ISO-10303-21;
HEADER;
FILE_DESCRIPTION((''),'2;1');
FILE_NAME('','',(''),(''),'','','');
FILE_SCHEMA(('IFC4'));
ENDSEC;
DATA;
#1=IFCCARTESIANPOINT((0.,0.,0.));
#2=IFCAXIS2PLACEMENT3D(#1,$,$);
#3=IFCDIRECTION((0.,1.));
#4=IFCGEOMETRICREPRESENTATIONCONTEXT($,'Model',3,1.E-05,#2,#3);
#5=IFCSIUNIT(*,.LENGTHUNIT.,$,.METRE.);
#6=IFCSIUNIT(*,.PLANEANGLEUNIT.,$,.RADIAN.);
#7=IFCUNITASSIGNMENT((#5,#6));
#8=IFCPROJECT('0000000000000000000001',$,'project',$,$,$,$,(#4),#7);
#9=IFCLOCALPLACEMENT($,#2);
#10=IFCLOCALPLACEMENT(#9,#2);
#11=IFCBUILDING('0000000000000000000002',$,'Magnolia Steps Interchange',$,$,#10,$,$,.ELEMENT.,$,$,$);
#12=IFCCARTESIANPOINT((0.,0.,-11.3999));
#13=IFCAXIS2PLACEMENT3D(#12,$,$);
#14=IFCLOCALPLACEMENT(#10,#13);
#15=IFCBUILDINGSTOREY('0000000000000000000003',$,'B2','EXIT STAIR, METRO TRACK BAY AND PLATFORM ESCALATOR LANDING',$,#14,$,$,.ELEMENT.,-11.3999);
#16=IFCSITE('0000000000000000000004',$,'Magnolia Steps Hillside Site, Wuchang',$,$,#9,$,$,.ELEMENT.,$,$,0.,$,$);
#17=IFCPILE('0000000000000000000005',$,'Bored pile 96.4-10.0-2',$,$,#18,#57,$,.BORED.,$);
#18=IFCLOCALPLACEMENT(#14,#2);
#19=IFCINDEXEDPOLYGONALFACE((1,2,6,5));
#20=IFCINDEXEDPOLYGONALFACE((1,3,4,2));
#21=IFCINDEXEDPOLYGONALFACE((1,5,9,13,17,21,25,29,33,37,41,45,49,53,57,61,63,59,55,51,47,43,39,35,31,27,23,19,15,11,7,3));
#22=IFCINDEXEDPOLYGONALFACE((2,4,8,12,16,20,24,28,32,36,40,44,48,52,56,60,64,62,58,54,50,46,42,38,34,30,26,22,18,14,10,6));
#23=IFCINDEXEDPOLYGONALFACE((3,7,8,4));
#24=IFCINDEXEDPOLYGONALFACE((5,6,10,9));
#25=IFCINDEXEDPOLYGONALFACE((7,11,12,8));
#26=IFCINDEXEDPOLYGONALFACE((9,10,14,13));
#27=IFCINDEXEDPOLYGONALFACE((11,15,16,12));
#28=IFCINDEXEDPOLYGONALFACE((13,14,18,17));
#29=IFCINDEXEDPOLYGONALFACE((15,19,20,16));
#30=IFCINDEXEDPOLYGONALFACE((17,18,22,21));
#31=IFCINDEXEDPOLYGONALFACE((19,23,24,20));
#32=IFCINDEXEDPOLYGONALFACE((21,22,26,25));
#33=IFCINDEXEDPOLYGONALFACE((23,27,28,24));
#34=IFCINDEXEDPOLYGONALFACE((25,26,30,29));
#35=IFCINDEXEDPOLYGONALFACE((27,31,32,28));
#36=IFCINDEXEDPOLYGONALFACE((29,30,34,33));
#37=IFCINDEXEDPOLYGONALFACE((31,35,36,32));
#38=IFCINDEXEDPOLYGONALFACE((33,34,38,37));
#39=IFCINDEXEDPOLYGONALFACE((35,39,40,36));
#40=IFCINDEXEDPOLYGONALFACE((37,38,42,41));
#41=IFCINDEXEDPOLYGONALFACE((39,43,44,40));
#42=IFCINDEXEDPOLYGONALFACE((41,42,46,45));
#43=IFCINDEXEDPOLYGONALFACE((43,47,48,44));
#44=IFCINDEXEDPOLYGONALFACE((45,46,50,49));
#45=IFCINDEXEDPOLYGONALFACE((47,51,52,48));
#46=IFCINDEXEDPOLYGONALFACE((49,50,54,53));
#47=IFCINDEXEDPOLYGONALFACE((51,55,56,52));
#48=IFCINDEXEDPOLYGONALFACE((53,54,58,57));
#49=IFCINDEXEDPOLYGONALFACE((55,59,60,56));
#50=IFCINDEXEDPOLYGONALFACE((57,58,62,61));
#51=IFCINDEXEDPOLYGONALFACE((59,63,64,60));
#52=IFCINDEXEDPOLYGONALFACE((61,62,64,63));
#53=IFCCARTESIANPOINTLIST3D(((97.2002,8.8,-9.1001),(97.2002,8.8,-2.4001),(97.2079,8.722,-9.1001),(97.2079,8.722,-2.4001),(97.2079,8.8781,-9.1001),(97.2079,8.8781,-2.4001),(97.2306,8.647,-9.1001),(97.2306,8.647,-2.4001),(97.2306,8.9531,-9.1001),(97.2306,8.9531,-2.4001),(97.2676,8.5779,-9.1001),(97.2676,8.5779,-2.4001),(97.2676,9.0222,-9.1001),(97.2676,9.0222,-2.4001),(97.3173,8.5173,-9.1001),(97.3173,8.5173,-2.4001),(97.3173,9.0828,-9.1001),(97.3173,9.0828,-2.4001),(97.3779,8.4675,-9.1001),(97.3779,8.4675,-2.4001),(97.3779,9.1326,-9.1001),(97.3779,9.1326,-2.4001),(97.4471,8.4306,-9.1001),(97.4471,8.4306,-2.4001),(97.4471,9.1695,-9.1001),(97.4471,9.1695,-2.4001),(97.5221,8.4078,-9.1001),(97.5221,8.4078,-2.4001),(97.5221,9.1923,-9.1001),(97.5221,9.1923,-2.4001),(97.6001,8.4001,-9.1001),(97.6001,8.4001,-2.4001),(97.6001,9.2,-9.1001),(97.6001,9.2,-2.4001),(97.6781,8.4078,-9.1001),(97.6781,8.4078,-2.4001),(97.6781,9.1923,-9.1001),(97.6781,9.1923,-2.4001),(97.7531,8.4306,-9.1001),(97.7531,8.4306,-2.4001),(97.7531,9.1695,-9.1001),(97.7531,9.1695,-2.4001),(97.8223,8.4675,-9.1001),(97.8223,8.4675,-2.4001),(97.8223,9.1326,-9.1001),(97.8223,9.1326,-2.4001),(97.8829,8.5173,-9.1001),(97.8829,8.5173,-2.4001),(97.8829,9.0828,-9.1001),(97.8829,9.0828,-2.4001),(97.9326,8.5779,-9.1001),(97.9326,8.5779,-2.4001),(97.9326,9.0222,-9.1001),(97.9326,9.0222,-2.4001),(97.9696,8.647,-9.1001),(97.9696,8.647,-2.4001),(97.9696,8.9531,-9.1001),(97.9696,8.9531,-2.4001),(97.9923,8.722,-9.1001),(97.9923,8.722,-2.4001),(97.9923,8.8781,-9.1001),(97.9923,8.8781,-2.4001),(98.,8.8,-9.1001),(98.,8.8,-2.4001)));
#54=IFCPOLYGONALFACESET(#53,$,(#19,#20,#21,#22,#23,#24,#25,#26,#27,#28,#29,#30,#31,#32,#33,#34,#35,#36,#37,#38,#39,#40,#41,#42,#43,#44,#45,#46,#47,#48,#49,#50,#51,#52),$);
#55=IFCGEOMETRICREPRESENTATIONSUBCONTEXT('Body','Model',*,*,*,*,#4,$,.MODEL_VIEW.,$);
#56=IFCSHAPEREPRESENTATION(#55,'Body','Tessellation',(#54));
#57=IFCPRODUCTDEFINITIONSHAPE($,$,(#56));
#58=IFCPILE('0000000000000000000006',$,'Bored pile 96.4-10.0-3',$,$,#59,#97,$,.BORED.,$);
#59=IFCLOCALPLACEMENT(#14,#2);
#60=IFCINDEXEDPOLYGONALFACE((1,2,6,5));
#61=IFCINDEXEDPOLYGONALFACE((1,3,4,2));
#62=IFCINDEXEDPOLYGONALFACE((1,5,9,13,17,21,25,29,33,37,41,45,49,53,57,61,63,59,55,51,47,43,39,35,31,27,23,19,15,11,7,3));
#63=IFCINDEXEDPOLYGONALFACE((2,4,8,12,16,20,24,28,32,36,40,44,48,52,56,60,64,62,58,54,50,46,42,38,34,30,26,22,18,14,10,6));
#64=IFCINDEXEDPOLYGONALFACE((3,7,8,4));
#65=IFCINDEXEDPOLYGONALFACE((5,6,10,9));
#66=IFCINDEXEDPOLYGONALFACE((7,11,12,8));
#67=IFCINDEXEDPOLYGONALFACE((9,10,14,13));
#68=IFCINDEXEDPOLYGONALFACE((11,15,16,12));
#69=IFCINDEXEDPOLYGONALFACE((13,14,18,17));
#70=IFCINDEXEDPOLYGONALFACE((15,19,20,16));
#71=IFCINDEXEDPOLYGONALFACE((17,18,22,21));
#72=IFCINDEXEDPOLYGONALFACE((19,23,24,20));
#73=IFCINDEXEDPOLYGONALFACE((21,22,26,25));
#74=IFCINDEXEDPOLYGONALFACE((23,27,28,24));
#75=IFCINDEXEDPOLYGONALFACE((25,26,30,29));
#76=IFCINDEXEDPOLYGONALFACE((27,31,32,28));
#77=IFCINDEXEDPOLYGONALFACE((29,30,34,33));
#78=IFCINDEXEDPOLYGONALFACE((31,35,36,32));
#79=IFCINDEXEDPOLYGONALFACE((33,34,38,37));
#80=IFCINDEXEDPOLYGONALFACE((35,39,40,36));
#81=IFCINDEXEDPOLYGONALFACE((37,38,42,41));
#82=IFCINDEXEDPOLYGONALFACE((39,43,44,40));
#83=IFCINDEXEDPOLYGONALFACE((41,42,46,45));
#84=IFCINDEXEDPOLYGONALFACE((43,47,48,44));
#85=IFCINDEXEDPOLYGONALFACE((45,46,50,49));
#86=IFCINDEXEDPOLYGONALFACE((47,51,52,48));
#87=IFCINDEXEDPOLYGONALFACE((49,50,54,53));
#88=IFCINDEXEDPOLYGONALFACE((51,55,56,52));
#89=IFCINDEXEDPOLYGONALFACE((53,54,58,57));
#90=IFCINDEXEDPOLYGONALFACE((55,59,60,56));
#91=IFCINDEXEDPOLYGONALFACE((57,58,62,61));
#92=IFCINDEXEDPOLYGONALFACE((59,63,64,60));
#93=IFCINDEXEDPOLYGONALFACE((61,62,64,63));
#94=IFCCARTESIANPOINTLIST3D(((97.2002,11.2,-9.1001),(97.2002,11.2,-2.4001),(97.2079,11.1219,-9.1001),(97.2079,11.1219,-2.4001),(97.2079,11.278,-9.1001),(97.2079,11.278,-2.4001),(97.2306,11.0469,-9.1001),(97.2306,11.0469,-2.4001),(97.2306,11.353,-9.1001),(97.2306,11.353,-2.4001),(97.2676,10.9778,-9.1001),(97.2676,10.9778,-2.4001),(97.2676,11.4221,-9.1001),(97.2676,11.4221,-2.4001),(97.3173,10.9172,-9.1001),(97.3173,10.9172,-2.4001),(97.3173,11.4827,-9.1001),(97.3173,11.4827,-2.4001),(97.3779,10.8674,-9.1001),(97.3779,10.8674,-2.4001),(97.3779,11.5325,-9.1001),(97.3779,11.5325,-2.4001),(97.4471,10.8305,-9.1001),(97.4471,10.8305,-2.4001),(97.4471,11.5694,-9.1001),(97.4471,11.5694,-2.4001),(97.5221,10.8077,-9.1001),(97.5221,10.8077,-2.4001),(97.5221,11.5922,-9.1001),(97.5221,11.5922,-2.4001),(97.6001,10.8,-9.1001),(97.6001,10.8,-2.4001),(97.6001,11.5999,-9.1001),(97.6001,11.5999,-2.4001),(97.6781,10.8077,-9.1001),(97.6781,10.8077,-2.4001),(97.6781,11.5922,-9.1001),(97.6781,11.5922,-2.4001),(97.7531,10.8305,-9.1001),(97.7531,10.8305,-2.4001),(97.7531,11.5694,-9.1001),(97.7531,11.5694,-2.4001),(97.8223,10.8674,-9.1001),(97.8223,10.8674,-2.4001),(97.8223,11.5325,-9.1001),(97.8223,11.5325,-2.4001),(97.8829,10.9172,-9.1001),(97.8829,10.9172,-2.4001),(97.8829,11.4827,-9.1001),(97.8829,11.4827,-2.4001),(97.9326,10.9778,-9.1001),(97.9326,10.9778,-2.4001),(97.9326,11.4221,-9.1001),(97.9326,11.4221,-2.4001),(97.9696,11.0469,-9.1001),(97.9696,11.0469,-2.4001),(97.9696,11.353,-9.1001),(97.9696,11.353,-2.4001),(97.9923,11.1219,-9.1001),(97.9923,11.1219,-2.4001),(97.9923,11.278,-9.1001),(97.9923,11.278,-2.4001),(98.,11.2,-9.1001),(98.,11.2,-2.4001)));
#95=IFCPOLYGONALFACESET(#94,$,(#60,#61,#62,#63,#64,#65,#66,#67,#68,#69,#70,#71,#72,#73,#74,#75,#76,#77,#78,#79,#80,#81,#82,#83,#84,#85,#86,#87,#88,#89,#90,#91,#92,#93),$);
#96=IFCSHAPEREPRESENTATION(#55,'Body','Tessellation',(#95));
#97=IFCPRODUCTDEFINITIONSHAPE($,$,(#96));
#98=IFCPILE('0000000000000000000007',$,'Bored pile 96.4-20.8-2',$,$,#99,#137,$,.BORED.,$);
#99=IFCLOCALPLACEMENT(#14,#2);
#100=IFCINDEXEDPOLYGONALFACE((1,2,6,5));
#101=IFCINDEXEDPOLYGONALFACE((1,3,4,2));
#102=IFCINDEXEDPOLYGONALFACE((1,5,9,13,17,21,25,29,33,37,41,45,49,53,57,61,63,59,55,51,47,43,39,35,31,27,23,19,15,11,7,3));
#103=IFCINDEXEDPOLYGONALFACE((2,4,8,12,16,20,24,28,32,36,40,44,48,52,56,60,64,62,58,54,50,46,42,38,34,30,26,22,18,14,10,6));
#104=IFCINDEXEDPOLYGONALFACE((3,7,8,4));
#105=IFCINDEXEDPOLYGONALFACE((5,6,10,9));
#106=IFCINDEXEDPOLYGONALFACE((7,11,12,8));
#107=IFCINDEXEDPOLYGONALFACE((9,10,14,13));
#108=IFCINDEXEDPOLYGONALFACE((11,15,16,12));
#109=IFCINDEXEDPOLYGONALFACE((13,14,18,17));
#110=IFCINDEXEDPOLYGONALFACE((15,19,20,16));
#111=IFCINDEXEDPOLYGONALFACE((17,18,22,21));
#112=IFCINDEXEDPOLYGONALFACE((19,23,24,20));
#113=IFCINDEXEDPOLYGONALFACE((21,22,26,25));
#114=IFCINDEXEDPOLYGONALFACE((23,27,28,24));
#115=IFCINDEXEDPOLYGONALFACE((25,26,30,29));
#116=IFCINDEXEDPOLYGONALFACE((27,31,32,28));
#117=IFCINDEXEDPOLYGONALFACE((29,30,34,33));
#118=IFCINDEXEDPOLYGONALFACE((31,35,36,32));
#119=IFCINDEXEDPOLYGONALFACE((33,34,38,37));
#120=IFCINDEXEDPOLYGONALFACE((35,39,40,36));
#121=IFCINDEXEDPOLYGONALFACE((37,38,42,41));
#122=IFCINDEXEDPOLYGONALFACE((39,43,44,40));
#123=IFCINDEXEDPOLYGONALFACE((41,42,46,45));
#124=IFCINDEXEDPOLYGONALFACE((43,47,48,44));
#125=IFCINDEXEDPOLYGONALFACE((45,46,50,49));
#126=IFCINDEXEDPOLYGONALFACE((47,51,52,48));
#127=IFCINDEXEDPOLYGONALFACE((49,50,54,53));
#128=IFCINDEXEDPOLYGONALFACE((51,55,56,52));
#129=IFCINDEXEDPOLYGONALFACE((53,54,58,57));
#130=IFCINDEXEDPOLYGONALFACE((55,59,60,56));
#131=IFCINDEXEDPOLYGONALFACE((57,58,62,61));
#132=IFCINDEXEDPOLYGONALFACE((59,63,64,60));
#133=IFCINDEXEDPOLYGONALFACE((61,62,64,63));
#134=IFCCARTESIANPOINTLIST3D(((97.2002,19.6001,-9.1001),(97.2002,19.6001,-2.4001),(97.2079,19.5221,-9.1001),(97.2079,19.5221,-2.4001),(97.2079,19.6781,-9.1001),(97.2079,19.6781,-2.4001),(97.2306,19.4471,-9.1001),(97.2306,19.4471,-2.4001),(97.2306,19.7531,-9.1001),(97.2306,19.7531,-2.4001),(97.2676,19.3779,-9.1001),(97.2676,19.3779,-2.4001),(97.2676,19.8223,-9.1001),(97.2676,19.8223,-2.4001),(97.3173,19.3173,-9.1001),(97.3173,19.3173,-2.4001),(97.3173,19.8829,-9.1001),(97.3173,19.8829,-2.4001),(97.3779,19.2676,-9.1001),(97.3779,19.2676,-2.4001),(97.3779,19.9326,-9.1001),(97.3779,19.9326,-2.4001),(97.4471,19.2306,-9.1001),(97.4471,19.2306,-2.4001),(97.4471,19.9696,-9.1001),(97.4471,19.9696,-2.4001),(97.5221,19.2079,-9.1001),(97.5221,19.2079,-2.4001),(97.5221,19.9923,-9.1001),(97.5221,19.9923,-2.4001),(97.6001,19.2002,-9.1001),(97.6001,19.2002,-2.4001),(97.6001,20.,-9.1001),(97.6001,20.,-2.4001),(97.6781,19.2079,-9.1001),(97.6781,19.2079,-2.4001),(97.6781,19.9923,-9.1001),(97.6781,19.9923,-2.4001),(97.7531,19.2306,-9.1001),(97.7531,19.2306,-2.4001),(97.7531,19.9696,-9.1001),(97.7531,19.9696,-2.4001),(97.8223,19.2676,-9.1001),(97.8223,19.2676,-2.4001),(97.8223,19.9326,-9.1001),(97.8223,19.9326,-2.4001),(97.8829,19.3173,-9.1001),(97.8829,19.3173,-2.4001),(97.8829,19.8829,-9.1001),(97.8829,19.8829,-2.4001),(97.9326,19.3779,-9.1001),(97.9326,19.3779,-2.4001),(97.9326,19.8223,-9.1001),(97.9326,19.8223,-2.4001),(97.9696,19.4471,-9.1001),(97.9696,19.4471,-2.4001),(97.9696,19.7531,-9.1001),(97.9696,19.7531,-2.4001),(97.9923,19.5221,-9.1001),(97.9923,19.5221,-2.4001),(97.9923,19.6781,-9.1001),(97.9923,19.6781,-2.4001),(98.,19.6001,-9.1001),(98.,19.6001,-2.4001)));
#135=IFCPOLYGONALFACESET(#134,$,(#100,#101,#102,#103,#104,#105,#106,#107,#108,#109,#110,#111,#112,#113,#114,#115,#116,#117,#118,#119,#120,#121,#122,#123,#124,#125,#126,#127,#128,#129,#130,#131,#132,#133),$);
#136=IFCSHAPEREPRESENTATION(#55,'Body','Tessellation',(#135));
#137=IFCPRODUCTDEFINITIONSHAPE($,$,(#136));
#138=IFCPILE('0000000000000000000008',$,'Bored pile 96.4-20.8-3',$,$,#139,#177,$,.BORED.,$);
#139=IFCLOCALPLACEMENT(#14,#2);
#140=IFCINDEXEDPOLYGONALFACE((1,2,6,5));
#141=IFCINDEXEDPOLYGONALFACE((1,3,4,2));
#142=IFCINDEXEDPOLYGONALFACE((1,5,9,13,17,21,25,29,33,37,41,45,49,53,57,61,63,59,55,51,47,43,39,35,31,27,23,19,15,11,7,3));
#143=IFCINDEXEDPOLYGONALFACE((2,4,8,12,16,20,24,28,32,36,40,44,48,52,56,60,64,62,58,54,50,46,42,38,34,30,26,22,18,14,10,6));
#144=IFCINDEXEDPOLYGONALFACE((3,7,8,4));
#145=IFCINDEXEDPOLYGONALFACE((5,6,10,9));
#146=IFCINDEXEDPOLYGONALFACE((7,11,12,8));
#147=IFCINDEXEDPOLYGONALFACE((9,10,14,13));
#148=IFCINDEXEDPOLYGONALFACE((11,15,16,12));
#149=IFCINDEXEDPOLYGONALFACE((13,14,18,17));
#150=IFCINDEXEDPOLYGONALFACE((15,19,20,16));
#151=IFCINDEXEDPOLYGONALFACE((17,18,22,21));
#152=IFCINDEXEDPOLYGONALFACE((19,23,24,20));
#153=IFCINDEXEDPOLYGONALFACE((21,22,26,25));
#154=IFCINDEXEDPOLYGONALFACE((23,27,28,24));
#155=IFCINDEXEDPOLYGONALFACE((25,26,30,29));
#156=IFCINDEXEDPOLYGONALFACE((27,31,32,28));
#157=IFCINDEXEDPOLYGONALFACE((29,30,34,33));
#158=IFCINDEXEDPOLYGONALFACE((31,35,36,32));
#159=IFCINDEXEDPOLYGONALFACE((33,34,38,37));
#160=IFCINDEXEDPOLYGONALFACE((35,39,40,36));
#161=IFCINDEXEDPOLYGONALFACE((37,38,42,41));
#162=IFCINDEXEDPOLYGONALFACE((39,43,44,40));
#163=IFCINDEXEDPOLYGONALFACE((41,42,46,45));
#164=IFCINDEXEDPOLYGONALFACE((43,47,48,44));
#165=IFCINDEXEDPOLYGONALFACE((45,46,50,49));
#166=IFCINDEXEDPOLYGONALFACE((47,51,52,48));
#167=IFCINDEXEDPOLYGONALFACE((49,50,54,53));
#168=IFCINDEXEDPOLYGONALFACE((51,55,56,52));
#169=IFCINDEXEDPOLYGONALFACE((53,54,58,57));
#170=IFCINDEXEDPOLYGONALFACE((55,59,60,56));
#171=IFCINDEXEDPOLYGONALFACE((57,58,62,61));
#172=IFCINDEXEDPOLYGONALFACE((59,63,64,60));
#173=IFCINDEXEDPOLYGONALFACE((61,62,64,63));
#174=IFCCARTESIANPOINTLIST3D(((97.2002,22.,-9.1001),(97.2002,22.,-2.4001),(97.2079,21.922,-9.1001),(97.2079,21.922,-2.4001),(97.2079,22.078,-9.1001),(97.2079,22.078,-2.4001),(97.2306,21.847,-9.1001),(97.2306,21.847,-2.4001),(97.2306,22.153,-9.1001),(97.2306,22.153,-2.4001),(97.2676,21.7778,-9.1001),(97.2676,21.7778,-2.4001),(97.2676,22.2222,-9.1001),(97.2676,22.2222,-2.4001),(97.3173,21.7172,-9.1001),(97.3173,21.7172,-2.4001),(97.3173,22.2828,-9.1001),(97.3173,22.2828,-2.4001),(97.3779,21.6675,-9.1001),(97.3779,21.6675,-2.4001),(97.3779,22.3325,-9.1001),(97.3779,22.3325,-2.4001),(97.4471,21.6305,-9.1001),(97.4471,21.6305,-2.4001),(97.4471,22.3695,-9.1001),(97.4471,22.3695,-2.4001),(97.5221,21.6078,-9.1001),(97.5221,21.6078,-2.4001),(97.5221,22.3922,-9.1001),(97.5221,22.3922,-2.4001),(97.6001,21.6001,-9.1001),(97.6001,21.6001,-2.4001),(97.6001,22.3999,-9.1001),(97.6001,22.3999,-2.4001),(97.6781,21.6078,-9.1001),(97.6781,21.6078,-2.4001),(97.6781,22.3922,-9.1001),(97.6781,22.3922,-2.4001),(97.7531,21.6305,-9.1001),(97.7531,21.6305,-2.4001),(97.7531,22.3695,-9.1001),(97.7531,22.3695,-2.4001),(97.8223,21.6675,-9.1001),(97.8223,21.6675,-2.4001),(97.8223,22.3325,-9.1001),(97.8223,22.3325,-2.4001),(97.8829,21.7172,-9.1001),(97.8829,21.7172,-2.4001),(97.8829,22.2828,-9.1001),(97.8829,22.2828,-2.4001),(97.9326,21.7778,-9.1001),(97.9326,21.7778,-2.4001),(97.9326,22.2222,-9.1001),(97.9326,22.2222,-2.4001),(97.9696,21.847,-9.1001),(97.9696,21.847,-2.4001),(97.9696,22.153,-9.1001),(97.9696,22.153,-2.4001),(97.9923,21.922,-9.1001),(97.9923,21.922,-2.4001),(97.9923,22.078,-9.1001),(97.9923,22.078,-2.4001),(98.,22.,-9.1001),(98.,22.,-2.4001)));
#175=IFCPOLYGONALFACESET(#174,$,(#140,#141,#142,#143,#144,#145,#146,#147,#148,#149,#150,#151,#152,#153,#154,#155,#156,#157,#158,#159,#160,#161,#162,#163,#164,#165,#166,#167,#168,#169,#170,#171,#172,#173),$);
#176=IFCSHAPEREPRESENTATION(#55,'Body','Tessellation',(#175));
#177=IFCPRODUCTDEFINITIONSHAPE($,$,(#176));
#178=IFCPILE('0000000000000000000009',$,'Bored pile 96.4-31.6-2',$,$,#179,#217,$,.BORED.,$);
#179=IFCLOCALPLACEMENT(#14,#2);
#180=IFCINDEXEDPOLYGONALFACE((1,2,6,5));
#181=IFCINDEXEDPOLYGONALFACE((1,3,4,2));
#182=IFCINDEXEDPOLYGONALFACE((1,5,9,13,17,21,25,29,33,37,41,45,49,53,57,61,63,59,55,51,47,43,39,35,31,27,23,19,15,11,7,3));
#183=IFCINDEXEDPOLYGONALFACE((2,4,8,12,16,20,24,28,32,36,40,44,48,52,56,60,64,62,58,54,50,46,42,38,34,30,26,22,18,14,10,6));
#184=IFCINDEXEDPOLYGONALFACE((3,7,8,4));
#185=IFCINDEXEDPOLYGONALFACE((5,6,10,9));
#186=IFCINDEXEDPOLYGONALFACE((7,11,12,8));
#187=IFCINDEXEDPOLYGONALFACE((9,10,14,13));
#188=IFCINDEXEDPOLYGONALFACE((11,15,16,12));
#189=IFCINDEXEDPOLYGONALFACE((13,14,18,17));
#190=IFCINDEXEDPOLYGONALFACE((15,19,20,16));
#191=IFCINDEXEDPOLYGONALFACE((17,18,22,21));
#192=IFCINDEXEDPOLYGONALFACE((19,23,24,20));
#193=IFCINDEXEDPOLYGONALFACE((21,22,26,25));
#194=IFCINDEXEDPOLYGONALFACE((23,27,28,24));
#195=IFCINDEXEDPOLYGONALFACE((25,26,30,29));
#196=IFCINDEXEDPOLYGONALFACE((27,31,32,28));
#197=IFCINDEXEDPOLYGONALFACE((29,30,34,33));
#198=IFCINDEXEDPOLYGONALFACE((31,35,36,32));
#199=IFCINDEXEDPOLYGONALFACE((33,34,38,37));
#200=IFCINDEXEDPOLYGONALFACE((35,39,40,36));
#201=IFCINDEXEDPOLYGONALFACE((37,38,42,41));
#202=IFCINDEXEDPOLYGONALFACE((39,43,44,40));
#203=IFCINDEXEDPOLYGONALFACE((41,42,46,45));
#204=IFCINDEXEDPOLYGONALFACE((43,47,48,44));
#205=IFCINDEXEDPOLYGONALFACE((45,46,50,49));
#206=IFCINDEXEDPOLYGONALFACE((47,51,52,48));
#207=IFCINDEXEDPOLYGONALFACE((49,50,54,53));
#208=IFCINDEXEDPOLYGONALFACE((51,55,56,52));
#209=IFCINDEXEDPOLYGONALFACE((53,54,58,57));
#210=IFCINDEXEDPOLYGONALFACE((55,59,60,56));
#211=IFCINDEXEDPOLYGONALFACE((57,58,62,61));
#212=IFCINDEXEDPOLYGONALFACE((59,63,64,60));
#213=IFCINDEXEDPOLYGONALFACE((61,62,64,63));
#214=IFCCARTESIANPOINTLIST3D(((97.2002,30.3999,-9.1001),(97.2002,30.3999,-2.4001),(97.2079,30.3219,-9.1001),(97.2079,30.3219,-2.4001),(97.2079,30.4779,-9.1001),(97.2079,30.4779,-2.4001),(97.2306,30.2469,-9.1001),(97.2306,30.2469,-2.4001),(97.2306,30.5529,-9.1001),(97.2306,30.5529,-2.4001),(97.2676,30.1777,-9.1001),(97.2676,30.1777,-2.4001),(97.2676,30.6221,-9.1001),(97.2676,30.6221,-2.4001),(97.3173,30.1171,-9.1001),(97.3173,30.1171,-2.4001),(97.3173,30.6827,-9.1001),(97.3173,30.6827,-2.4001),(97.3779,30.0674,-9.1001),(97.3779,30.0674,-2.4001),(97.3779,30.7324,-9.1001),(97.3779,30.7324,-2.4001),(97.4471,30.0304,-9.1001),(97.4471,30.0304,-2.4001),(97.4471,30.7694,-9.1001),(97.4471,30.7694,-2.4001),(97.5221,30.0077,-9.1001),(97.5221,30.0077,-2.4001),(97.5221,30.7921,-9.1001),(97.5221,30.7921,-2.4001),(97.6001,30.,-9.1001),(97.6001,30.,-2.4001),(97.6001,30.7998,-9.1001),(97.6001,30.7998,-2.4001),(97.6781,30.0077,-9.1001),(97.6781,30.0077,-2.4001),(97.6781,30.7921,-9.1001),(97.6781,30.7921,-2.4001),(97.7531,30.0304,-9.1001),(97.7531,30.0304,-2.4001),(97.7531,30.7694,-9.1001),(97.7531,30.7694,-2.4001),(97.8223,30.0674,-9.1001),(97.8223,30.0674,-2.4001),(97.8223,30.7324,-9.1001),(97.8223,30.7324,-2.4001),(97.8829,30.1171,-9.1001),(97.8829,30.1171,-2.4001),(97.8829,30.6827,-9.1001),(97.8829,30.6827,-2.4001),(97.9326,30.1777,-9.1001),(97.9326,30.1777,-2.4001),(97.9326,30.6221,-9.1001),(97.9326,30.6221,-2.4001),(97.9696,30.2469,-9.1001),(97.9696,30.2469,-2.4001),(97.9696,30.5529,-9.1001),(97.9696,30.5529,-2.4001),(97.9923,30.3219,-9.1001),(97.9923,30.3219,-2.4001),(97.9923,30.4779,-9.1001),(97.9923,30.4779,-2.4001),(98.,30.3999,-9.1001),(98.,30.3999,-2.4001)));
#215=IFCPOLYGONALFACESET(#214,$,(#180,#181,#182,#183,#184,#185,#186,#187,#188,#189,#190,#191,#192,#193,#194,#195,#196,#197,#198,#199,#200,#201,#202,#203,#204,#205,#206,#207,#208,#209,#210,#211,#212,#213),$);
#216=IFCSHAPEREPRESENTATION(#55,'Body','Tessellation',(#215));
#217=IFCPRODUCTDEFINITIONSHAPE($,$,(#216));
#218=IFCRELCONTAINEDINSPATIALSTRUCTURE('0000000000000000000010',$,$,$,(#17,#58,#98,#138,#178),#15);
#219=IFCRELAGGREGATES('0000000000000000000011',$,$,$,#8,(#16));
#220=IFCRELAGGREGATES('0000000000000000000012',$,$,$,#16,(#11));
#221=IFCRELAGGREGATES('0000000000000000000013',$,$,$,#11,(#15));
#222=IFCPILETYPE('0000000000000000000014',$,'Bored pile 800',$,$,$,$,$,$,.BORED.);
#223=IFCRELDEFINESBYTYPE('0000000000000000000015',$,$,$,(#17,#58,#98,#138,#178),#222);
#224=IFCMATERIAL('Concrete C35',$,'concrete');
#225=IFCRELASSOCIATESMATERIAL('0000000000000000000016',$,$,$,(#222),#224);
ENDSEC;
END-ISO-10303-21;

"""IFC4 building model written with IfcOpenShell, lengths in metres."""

from ifc_helpers import new_model, si_unit, direction, frame, origin, origin_2d, place, context, subcontext, project, spatial, circle, extrude, material, material_profile, profile_set, type_object, element, save


model = new_model("IFC4")

# Units and contexts
model_context = context("Model", 3, precision=1e-05, world=origin(), true_north=direction((0.0, 1.0)))
body_context = subcontext(model_context, "Body", "Model", "MODEL_VIEW")
ifc_project = project(units=[si_unit("LENGTHUNIT", "METRE"), si_unit("PLANEANGLEUNIT", "RADIAN")], contexts=[model_context])

# Site, building, storey
site_placement = place(None, origin())
site = spatial("IfcSite", under=ifc_project, at=site_placement, Name="Magnolia Steps Hillside Site, Wuchang", CompositionType="ELEMENT", RefElevation=0.0)
building_placement = place(site_placement, origin())
building = spatial("IfcBuilding", under=site, at=building_placement, Name="Magnolia Steps Interchange", CompositionType="ELEMENT")
storey_placement = place(building_placement, frame((0.0, 0.0, -11.3999)))
storey = spatial("IfcBuildingStorey", under=building, at=storey_placement, Name="B2", Description="EXIT STAIR, METRO TRACK BAY AND PLATFORM ESCALATOR LANDING", CompositionType="ELEMENT", Elevation=-11.3999)

# Piles
ifc_material_1 = material(Name="Concrete C35", Category="concrete")
ifc_material_profile_1 = material_profile(ifc_material_1, circle(Radius=0.3999, at=origin_2d()), Name="Bored pile 800")
ifc_profile_set_1 = profile_set([ifc_material_profile_1], Name="Concrete C35")
pile_type = type_object("IfcPileType", Name="Bored pile 800", PredefinedType="BORED", material=ifc_profile_set_1)
for number, where, z_axis, x_axis, name in (
    (1, (97.6001, 8.8, -2.4001), (0.0, 0.0, -1.0), (1.0, 0.0, 0.0), "Bored pile 96.4-10.0-2"),
    (2, (97.6001, 11.2, -2.4001), (0.0, 0.0, -1.0), (1.0, 0.0, 0.0), "Bored pile 96.4-10.0-3"),
    (3, (97.6001, 19.6001, -2.4001), (0.0, 0.0, -1.0), (1.0, 0.0, 0.0), "Bored pile 96.4-20.8-2"),
    (4, (97.6001, 22.0, -2.4001), (0.0, 0.0, -1.0), (1.0, 0.0, 0.0), "Bored pile 96.4-20.8-3"),
    (5, (97.6001, 30.3999, -2.4001), (0.0, 0.0, -1.0), (1.0, 0.0, 0.0), "Bored pile 96.4-31.6-2"),
):
    element("IfcPile", number, at=place(storey_placement, frame(where, z_axis=z_axis, x_axis=x_axis)), inside=storey, type_object=pile_type, Name=name, PredefinedType="BORED", context=body_context, shape_type="SweptSolid", body=[
        extrude(circle(Radius=0.3999, at=origin_2d()), origin(), (0.0, 0.0, 1.0), 6.7),
    ])

save(model, "model.ifc")
